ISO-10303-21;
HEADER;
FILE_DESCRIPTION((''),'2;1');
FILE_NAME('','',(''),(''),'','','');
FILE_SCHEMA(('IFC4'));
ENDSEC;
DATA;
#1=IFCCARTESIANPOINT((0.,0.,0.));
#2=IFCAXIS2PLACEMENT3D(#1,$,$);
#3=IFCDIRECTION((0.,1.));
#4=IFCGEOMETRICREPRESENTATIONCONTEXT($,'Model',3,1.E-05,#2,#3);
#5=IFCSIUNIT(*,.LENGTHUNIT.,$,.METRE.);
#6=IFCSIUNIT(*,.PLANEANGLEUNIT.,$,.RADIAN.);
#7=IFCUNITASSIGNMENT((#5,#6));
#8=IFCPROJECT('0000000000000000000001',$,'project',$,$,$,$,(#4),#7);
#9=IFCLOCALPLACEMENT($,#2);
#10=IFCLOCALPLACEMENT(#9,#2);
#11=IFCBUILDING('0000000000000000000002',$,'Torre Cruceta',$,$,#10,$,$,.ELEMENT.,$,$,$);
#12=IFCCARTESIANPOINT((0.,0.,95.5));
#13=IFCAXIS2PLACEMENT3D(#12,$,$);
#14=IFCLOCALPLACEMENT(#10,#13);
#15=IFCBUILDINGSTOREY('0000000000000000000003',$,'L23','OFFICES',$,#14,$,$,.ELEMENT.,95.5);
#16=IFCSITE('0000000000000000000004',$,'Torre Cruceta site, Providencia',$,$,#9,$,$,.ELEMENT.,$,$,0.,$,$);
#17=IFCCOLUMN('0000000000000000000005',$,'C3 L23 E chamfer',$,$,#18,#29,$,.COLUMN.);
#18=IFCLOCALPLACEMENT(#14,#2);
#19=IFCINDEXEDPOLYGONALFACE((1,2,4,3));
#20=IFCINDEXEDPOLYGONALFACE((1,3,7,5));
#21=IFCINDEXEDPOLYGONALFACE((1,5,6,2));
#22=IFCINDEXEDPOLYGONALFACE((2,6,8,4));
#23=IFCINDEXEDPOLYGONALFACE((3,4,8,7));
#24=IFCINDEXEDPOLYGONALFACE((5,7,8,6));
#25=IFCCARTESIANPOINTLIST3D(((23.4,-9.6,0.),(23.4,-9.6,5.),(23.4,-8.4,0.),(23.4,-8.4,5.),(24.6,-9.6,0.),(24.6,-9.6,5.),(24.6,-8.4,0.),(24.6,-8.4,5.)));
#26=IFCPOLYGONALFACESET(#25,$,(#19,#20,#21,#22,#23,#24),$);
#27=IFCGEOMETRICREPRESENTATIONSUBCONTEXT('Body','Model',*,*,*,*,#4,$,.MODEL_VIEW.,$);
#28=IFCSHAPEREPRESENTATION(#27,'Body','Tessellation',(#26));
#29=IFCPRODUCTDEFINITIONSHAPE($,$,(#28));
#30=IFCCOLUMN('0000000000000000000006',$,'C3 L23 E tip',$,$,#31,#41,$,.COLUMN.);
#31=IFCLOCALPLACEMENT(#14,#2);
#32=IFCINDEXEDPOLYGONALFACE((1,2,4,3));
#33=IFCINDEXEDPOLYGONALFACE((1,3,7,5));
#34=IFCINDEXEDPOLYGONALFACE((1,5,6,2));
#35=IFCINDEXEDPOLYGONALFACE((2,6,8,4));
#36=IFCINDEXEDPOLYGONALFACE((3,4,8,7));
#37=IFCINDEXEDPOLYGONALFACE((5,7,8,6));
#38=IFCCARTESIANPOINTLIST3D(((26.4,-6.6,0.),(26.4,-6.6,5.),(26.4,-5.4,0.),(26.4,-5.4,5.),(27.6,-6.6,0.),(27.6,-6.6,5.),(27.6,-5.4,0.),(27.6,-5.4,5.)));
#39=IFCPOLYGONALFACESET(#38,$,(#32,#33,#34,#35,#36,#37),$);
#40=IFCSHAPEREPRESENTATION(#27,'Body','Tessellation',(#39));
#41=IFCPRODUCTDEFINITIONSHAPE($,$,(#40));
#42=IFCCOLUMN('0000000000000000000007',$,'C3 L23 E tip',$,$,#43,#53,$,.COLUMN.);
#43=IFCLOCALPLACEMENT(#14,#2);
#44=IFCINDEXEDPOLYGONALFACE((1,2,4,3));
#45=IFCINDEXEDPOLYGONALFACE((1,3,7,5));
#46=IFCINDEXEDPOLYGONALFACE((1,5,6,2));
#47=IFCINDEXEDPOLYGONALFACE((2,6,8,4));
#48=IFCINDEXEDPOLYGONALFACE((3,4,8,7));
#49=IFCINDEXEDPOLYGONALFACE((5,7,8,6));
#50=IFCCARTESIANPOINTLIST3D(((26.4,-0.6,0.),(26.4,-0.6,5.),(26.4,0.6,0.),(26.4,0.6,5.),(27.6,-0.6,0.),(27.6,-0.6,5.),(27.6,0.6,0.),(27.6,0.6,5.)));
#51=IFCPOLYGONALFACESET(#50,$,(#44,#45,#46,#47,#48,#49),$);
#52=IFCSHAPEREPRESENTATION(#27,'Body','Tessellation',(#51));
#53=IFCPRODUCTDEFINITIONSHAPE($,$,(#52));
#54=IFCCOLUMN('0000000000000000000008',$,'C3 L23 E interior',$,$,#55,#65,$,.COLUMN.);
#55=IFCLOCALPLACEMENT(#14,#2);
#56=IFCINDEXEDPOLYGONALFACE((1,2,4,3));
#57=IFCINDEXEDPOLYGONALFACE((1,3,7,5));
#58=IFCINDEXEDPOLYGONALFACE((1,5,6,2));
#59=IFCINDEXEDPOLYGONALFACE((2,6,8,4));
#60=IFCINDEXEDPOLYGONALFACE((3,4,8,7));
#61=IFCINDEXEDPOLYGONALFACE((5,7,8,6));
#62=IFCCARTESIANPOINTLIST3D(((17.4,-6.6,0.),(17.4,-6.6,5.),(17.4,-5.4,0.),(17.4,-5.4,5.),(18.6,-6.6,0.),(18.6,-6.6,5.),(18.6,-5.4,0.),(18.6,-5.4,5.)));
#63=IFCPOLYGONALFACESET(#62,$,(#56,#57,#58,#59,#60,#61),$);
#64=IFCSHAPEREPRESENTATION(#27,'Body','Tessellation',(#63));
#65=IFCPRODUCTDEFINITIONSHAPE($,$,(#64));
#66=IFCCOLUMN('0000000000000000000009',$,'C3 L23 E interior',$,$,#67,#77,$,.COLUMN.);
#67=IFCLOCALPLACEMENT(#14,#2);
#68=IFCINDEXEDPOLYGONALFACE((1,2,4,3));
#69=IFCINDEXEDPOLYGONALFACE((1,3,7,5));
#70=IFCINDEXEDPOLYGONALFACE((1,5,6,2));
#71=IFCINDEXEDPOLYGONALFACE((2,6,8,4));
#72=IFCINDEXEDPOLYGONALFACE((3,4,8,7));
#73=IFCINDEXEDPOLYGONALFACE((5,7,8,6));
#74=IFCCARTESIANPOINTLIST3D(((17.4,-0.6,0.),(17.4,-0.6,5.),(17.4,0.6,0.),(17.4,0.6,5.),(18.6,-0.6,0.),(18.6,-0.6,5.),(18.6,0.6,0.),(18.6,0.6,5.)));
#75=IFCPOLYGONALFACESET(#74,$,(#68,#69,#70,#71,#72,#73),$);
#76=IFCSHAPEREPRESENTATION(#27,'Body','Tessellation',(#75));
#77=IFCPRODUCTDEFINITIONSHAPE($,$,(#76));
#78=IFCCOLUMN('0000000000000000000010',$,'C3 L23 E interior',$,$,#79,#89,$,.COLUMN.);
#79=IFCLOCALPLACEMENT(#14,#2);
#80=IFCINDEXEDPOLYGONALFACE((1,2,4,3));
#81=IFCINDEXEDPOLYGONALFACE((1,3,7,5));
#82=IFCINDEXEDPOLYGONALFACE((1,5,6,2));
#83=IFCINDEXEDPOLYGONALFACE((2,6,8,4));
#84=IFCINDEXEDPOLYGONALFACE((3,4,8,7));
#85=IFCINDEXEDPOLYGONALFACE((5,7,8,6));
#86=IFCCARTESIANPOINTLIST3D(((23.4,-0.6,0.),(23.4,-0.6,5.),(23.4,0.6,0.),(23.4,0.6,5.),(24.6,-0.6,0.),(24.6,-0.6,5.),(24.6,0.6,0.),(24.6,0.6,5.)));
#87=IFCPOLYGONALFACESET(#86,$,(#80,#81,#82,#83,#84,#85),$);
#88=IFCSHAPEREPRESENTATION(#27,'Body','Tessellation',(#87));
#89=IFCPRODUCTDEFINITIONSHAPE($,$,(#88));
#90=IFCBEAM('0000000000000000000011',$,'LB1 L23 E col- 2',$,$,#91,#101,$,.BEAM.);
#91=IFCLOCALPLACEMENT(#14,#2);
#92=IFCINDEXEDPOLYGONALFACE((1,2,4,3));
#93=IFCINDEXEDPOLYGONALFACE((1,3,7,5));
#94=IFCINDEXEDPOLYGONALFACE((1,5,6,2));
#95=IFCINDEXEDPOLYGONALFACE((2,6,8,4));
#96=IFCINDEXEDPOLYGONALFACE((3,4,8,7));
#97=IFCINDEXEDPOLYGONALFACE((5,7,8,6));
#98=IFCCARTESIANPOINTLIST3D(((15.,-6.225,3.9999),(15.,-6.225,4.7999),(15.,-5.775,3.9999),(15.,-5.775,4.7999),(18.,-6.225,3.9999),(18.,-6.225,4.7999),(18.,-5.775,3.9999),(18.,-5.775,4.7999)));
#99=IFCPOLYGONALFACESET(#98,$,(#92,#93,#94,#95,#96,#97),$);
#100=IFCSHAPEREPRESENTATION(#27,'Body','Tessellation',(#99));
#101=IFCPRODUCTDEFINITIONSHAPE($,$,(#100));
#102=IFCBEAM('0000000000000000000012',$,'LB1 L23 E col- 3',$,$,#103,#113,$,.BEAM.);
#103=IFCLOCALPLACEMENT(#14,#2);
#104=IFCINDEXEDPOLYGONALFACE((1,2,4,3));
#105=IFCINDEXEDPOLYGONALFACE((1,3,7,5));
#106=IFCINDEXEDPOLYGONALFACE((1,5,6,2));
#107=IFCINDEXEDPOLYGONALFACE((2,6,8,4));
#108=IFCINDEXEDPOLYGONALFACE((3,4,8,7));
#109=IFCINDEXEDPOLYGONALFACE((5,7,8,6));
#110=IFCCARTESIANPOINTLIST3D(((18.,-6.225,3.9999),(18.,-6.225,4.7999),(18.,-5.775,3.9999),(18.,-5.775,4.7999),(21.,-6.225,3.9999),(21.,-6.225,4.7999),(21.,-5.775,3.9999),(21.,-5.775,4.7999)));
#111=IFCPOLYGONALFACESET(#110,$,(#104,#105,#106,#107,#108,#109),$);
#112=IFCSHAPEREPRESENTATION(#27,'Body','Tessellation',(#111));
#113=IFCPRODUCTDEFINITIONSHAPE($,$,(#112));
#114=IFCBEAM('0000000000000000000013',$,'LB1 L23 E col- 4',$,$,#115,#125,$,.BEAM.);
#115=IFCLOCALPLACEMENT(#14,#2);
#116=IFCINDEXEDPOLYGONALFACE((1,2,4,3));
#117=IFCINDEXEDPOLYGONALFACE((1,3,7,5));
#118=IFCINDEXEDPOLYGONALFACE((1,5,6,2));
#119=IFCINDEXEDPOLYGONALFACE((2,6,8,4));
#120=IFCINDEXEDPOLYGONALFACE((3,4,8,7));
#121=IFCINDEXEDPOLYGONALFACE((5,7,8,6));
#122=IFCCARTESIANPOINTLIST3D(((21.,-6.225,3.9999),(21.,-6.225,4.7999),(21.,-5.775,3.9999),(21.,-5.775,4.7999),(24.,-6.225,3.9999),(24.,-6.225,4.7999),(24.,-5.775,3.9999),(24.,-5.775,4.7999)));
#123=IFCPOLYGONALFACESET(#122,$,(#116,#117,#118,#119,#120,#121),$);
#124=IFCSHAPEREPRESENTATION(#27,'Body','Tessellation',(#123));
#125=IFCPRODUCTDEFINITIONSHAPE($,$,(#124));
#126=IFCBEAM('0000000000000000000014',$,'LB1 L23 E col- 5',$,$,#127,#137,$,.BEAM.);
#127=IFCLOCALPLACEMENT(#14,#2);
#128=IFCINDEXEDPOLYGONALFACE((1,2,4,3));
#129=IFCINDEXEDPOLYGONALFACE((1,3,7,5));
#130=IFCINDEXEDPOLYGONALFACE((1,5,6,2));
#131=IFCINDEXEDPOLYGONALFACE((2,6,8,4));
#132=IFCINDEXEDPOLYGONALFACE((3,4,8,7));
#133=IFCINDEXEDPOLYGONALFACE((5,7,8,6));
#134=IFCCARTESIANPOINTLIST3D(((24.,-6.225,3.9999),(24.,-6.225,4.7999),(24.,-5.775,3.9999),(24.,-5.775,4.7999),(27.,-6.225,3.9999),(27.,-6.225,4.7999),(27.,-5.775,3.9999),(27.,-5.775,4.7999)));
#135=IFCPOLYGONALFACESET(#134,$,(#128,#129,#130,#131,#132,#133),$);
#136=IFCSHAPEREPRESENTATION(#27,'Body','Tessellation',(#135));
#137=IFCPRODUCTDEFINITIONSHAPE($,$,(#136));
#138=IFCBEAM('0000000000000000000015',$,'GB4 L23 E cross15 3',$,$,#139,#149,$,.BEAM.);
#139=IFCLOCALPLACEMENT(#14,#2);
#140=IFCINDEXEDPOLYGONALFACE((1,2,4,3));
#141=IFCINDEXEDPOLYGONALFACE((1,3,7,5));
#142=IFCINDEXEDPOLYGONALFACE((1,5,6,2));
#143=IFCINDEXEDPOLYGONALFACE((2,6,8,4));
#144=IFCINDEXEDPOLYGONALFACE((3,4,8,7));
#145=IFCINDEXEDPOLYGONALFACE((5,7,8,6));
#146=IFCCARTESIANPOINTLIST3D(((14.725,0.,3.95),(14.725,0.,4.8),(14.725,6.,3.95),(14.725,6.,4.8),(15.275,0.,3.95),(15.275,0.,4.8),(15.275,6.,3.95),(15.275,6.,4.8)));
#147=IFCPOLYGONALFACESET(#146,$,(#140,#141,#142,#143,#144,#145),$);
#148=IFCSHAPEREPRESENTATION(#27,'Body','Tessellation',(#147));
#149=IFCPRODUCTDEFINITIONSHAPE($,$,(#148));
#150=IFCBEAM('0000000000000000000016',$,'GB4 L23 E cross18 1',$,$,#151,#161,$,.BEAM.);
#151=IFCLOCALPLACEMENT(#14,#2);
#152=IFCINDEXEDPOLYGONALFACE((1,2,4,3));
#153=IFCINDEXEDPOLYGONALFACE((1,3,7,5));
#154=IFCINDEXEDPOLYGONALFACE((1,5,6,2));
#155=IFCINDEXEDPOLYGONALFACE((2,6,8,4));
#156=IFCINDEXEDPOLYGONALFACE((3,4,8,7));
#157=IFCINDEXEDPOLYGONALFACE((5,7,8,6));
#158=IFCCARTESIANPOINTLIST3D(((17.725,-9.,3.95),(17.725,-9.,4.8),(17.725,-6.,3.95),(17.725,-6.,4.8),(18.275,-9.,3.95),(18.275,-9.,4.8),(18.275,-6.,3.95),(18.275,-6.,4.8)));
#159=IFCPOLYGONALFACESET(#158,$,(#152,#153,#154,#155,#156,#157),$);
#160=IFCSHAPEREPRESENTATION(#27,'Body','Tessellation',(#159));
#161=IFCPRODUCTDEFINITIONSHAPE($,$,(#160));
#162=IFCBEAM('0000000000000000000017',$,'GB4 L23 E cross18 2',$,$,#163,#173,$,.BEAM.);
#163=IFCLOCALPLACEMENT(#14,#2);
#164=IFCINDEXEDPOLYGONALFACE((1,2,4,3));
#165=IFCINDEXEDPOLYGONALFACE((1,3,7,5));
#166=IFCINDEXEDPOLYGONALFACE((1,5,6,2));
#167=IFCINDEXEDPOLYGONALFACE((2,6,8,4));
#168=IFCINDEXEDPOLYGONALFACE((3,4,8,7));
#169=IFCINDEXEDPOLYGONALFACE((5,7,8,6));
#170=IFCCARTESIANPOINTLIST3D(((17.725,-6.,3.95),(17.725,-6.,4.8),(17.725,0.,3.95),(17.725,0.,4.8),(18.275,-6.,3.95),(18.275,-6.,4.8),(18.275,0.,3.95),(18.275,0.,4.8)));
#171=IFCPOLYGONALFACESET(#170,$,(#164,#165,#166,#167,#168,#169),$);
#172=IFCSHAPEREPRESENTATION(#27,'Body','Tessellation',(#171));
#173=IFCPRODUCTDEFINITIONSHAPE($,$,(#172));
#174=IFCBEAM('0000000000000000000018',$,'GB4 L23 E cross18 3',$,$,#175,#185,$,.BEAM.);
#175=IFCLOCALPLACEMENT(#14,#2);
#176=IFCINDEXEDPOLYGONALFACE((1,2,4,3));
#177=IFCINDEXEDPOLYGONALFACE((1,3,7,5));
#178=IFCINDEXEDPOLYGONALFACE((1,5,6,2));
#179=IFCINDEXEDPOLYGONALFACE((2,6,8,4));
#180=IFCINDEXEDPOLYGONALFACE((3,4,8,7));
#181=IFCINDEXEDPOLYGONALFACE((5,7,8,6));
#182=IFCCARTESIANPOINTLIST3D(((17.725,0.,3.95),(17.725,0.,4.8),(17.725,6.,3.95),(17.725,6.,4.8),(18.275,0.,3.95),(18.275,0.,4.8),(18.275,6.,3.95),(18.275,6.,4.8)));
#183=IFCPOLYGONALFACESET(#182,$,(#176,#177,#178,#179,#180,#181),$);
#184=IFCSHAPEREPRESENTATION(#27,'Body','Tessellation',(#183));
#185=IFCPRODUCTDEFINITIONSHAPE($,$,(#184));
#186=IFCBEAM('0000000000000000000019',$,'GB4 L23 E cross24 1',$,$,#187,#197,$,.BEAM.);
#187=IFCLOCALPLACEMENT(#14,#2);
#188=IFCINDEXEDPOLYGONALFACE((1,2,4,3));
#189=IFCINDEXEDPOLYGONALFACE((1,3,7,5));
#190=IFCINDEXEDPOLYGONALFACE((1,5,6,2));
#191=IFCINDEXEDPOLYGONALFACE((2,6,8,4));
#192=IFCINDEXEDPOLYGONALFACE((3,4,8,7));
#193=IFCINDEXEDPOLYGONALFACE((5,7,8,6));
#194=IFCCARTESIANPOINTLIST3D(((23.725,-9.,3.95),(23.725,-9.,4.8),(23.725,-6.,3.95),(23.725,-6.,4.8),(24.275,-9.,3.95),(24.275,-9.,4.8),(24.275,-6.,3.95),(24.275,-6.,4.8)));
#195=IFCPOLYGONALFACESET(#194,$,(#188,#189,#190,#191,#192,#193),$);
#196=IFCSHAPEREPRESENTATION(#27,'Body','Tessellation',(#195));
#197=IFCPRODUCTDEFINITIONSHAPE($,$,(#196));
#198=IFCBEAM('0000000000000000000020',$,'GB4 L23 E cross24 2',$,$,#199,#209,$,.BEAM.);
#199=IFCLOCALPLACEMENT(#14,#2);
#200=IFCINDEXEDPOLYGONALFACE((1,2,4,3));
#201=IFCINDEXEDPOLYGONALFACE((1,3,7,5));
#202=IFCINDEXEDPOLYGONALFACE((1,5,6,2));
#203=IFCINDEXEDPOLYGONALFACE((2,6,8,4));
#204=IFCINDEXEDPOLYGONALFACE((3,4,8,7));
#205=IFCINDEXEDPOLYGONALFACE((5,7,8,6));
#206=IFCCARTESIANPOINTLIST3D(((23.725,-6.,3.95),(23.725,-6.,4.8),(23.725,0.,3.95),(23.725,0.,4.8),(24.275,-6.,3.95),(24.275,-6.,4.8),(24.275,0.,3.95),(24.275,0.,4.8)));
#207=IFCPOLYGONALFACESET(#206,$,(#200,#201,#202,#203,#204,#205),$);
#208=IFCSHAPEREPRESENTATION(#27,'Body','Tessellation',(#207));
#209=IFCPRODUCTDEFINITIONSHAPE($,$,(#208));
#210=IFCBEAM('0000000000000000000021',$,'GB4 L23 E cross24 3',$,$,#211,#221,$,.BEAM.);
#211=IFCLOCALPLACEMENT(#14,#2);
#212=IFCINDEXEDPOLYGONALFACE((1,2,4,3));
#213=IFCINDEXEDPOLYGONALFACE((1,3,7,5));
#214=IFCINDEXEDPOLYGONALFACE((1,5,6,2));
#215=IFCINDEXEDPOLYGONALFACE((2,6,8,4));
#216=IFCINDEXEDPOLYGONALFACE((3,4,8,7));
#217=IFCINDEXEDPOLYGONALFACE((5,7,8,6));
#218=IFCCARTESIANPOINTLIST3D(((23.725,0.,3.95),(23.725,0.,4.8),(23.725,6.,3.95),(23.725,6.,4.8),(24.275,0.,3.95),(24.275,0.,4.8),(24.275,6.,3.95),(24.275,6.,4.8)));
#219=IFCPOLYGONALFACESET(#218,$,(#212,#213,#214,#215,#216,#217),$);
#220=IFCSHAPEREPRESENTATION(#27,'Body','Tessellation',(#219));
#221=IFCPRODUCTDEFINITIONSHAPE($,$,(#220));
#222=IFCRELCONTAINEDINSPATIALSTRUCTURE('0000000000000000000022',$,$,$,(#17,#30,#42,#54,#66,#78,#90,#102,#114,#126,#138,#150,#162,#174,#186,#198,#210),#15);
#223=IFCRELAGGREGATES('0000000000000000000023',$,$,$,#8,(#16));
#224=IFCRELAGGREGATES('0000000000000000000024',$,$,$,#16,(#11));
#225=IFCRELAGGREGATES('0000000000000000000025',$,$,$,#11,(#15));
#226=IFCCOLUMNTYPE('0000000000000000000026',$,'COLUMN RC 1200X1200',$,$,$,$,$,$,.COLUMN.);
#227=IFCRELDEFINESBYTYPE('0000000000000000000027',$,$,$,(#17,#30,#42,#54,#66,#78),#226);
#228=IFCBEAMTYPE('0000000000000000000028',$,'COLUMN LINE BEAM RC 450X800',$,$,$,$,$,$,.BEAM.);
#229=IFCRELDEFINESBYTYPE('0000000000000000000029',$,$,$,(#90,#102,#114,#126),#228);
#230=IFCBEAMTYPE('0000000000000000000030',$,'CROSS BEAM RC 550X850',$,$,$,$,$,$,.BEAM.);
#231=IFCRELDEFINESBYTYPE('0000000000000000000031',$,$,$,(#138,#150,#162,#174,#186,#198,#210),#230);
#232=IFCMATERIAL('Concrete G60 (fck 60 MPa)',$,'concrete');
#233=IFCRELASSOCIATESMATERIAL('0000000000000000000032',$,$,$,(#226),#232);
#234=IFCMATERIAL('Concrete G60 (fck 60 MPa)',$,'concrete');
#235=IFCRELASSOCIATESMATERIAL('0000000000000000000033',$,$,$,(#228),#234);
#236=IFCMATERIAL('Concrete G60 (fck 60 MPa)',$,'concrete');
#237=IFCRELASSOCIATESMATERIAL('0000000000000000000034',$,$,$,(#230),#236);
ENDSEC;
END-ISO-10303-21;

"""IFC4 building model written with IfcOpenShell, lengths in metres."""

from ifc_helpers import new_model, si_unit, direction, frame, origin, origin_2d, place, context, subcontext, project, spatial, rectangle, extrude, material, material_profile, profile_set, type_object, element, save


model = new_model("IFC4")

# Units and contexts
model_context = context("Model", 3, precision=1e-05, world=origin(), true_north=direction((0.0, 1.0)))
body_context = subcontext(model_context, "Body", "Model", "MODEL_VIEW")
ifc_project = project(units=[si_unit("LENGTHUNIT", "METRE"), si_unit("PLANEANGLEUNIT", "RADIAN")], contexts=[model_context])

# Site, building, storey
site_placement = place(None, origin())
site = spatial("IfcSite", under=ifc_project, at=site_placement, Name="Torre Cruceta site, Providencia", CompositionType="ELEMENT", RefElevation=0.0)
building_placement = place(site_placement, origin())
building = spatial("IfcBuilding", under=site, at=building_placement, Name="Torre Cruceta", CompositionType="ELEMENT")
storey_placement = place(building_placement, frame((0.0, 0.0, 95.5)))
storey = spatial("IfcBuildingStorey", under=building, at=storey_placement, Name="L23", Description="OFFICES", CompositionType="ELEMENT", Elevation=95.5)

# Columns
ifc_material_1 = material(Name="Concrete G60 (fck 60 MPa)", Category="concrete")
ifc_material_profile_1 = material_profile(ifc_material_1, rectangle(XDim=1.2, YDim=1.2, at=origin_2d()), Name="RC 1200X1200")
ifc_profile_set_1 = profile_set([ifc_material_profile_1], Name="Concrete G60 (fck 60 MPa)")
column_type = type_object("IfcColumnType", Name="COLUMN RC 1200X1200", PredefinedType="COLUMN", material=ifc_profile_set_1)
for number, where, z_axis, x_axis, name in (
    (1, (24.0, -9.0, 0.0), (0.0, 0.0, 1.0), (1.0, 0.0, 0.0), "C3 L23 E chamfer"),
    (2, (27.0, -6.0, 0.0), (0.0, 0.0, 1.0), (1.0, 0.0, 0.0), "C3 L23 E tip"),
    (3, (27.0, 0.0, 0.0), (0.0, 0.0, 1.0), (1.0, 0.0, 0.0), "C3 L23 E tip"),
    (4, (18.0, -6.0, 0.0), (0.0, 0.0, 1.0), (1.0, 0.0, 0.0), "C3 L23 E interior"),
    (5, (18.0, 0.0, 0.0), (0.0, 0.0, 1.0), (1.0, 0.0, 0.0), "C3 L23 E interior"),
    (6, (24.0, 0.0, 0.0), (0.0, 0.0, 1.0), (1.0, 0.0, 0.0), "C3 L23 E interior"),
):
    element("IfcColumn", number, at=place(storey_placement, frame(where, z_axis=z_axis, x_axis=x_axis)), inside=storey, type_object=column_type, Name=name, PredefinedType="COLUMN", context=body_context, shape_type="SweptSolid", body=[
        extrude(rectangle(XDim=1.2, YDim=1.2, at=origin_2d()), origin(), (0.0, 0.0, 1.0), 5.0),
    ])

# Beams
ifc_material_2 = material(Name="Concrete G60 (fck 60 MPa)", Category="concrete")
ifc_material_profile_2 = material_profile(ifc_material_2, rectangle(XDim=0.45, YDim=0.8, at=origin_2d()), Name="RC 450X800")
ifc_profile_set_2 = profile_set([ifc_material_profile_2], Name="Concrete G60 (fck 60 MPa)")
beam_type_1 = type_object("IfcBeamType", Name="COLUMN LINE BEAM RC 450X800", PredefinedType="BEAM", material=ifc_profile_set_2)
for number, where, z_axis, x_axis, name in (
    (7, (15.0, -6.0, 4.3999), (1.0, 0.0, 0.0), (0.0, 1.0, 0.0), "LB1 L23 E col- 2"),
    (8, (18.0, -6.0, 4.3999), (1.0, 0.0, 0.0), (0.0, 1.0, 0.0), "LB1 L23 E col- 3"),
    (9, (21.0, -6.0, 4.3999), (1.0, 0.0, 0.0), (0.0, 1.0, 0.0), "LB1 L23 E col- 4"),
    (10, (24.0, -6.0, 4.3999), (1.0, 0.0, 0.0), (0.0, 1.0, 0.0), "LB1 L23 E col- 5"),
):
    element("IfcBeam", number, at=place(storey_placement, frame(where, z_axis=z_axis, x_axis=x_axis)), inside=storey, type_object=beam_type_1, Name=name, PredefinedType="BEAM", context=body_context, shape_type="SweptSolid", body=[
        extrude(rectangle(XDim=0.45, YDim=0.8, at=origin_2d()), origin(), (0.0, 0.0, 1.0), 3.0),
    ])
ifc_material_3 = material(Name="Concrete G60 (fck 60 MPa)", Category="concrete")
ifc_material_profile_3 = material_profile(ifc_material_3, rectangle(XDim=0.55, YDim=0.8501, at=origin_2d()), Name="RC 550X850")
ifc_profile_set_3 = profile_set([ifc_material_profile_3], Name="Concrete G60 (fck 60 MPa)")
beam_type_2 = type_object("IfcBeamType", Name="CROSS BEAM RC 550X850", PredefinedType="BEAM", material=ifc_profile_set_3)
beam_1_placement = place(storey_placement, frame((15.0, 0.0, 4.375), z_axis=(0.0, 1.0, 0.0), x_axis=(-1.0, 0.0, 0.0)))
element("IfcBeam", 11, at=beam_1_placement, inside=storey, type_object=beam_type_2, Name="GB4 L23 E cross15 3", PredefinedType="BEAM", context=body_context, shape_type="SweptSolid", body=[
    extrude(rectangle(XDim=0.55, YDim=0.8501, at=origin_2d()), origin(), (0.0, 0.0, 1.0), 6.0),
])
beam_2_placement = place(storey_placement, frame((18.0, -9.0, 4.375), z_axis=(0.0, 1.0, 0.0), x_axis=(-1.0, 0.0, 0.0)))
element("IfcBeam", 12, at=beam_2_placement, inside=storey, type_object=beam_type_2, Name="GB4 L23 E cross18 1", PredefinedType="BEAM", context=body_context, shape_type="SweptSolid", body=[
    extrude(rectangle(XDim=0.55, YDim=0.8501, at=origin_2d()), origin(), (0.0, 0.0, 1.0), 3.0),
])
for number, where, z_axis, x_axis, name in (
    (13, (18.0, -6.0, 4.375), (0.0, 1.0, 0.0), (-1.0, 0.0, 0.0), "GB4 L23 E cross18 2"),
    (14, (18.0, 0.0, 4.375), (0.0, 1.0, 0.0), (-1.0, 0.0, 0.0), "GB4 L23 E cross18 3"),
):
    element("IfcBeam", number, at=place(storey_placement, frame(where, z_axis=z_axis, x_axis=x_axis)), inside=storey, type_object=beam_type_2, Name=name, PredefinedType="BEAM", context=body_context, shape_type="SweptSolid", body=[
        extrude(rectangle(XDim=0.55, YDim=0.8501, at=origin_2d()), origin(), (0.0, 0.0, 1.0), 6.0),
    ])
beam_3_placement = place(storey_placement, frame((24.0, -9.0, 4.375), z_axis=(0.0, 1.0, 0.0), x_axis=(-1.0, 0.0, 0.0)))
element("IfcBeam", 15, at=beam_3_placement, inside=storey, type_object=beam_type_2, Name="GB4 L23 E cross24 1", PredefinedType="BEAM", context=body_context, shape_type="SweptSolid", body=[
    extrude(rectangle(XDim=0.55, YDim=0.8501, at=origin_2d()), origin(), (0.0, 0.0, 1.0), 3.0),
])
for number, where, z_axis, x_axis, name in (
    (16, (24.0, -6.0, 4.375), (0.0, 1.0, 0.0), (-1.0, 0.0, 0.0), "GB4 L23 E cross24 2"),
    (17, (24.0, 0.0, 4.375), (0.0, 1.0, 0.0), (-1.0, 0.0, 0.0), "GB4 L23 E cross24 3"),
):
    element("IfcBeam", number, at=place(storey_placement, frame(where, z_axis=z_axis, x_axis=x_axis)), inside=storey, type_object=beam_type_2, Name=name, PredefinedType="BEAM", context=body_context, shape_type="SweptSolid", body=[
        extrude(rectangle(XDim=0.55, YDim=0.8501, at=origin_2d()), origin(), (0.0, 0.0, 1.0), 6.0),
    ])

save(model, "model.ifc")
